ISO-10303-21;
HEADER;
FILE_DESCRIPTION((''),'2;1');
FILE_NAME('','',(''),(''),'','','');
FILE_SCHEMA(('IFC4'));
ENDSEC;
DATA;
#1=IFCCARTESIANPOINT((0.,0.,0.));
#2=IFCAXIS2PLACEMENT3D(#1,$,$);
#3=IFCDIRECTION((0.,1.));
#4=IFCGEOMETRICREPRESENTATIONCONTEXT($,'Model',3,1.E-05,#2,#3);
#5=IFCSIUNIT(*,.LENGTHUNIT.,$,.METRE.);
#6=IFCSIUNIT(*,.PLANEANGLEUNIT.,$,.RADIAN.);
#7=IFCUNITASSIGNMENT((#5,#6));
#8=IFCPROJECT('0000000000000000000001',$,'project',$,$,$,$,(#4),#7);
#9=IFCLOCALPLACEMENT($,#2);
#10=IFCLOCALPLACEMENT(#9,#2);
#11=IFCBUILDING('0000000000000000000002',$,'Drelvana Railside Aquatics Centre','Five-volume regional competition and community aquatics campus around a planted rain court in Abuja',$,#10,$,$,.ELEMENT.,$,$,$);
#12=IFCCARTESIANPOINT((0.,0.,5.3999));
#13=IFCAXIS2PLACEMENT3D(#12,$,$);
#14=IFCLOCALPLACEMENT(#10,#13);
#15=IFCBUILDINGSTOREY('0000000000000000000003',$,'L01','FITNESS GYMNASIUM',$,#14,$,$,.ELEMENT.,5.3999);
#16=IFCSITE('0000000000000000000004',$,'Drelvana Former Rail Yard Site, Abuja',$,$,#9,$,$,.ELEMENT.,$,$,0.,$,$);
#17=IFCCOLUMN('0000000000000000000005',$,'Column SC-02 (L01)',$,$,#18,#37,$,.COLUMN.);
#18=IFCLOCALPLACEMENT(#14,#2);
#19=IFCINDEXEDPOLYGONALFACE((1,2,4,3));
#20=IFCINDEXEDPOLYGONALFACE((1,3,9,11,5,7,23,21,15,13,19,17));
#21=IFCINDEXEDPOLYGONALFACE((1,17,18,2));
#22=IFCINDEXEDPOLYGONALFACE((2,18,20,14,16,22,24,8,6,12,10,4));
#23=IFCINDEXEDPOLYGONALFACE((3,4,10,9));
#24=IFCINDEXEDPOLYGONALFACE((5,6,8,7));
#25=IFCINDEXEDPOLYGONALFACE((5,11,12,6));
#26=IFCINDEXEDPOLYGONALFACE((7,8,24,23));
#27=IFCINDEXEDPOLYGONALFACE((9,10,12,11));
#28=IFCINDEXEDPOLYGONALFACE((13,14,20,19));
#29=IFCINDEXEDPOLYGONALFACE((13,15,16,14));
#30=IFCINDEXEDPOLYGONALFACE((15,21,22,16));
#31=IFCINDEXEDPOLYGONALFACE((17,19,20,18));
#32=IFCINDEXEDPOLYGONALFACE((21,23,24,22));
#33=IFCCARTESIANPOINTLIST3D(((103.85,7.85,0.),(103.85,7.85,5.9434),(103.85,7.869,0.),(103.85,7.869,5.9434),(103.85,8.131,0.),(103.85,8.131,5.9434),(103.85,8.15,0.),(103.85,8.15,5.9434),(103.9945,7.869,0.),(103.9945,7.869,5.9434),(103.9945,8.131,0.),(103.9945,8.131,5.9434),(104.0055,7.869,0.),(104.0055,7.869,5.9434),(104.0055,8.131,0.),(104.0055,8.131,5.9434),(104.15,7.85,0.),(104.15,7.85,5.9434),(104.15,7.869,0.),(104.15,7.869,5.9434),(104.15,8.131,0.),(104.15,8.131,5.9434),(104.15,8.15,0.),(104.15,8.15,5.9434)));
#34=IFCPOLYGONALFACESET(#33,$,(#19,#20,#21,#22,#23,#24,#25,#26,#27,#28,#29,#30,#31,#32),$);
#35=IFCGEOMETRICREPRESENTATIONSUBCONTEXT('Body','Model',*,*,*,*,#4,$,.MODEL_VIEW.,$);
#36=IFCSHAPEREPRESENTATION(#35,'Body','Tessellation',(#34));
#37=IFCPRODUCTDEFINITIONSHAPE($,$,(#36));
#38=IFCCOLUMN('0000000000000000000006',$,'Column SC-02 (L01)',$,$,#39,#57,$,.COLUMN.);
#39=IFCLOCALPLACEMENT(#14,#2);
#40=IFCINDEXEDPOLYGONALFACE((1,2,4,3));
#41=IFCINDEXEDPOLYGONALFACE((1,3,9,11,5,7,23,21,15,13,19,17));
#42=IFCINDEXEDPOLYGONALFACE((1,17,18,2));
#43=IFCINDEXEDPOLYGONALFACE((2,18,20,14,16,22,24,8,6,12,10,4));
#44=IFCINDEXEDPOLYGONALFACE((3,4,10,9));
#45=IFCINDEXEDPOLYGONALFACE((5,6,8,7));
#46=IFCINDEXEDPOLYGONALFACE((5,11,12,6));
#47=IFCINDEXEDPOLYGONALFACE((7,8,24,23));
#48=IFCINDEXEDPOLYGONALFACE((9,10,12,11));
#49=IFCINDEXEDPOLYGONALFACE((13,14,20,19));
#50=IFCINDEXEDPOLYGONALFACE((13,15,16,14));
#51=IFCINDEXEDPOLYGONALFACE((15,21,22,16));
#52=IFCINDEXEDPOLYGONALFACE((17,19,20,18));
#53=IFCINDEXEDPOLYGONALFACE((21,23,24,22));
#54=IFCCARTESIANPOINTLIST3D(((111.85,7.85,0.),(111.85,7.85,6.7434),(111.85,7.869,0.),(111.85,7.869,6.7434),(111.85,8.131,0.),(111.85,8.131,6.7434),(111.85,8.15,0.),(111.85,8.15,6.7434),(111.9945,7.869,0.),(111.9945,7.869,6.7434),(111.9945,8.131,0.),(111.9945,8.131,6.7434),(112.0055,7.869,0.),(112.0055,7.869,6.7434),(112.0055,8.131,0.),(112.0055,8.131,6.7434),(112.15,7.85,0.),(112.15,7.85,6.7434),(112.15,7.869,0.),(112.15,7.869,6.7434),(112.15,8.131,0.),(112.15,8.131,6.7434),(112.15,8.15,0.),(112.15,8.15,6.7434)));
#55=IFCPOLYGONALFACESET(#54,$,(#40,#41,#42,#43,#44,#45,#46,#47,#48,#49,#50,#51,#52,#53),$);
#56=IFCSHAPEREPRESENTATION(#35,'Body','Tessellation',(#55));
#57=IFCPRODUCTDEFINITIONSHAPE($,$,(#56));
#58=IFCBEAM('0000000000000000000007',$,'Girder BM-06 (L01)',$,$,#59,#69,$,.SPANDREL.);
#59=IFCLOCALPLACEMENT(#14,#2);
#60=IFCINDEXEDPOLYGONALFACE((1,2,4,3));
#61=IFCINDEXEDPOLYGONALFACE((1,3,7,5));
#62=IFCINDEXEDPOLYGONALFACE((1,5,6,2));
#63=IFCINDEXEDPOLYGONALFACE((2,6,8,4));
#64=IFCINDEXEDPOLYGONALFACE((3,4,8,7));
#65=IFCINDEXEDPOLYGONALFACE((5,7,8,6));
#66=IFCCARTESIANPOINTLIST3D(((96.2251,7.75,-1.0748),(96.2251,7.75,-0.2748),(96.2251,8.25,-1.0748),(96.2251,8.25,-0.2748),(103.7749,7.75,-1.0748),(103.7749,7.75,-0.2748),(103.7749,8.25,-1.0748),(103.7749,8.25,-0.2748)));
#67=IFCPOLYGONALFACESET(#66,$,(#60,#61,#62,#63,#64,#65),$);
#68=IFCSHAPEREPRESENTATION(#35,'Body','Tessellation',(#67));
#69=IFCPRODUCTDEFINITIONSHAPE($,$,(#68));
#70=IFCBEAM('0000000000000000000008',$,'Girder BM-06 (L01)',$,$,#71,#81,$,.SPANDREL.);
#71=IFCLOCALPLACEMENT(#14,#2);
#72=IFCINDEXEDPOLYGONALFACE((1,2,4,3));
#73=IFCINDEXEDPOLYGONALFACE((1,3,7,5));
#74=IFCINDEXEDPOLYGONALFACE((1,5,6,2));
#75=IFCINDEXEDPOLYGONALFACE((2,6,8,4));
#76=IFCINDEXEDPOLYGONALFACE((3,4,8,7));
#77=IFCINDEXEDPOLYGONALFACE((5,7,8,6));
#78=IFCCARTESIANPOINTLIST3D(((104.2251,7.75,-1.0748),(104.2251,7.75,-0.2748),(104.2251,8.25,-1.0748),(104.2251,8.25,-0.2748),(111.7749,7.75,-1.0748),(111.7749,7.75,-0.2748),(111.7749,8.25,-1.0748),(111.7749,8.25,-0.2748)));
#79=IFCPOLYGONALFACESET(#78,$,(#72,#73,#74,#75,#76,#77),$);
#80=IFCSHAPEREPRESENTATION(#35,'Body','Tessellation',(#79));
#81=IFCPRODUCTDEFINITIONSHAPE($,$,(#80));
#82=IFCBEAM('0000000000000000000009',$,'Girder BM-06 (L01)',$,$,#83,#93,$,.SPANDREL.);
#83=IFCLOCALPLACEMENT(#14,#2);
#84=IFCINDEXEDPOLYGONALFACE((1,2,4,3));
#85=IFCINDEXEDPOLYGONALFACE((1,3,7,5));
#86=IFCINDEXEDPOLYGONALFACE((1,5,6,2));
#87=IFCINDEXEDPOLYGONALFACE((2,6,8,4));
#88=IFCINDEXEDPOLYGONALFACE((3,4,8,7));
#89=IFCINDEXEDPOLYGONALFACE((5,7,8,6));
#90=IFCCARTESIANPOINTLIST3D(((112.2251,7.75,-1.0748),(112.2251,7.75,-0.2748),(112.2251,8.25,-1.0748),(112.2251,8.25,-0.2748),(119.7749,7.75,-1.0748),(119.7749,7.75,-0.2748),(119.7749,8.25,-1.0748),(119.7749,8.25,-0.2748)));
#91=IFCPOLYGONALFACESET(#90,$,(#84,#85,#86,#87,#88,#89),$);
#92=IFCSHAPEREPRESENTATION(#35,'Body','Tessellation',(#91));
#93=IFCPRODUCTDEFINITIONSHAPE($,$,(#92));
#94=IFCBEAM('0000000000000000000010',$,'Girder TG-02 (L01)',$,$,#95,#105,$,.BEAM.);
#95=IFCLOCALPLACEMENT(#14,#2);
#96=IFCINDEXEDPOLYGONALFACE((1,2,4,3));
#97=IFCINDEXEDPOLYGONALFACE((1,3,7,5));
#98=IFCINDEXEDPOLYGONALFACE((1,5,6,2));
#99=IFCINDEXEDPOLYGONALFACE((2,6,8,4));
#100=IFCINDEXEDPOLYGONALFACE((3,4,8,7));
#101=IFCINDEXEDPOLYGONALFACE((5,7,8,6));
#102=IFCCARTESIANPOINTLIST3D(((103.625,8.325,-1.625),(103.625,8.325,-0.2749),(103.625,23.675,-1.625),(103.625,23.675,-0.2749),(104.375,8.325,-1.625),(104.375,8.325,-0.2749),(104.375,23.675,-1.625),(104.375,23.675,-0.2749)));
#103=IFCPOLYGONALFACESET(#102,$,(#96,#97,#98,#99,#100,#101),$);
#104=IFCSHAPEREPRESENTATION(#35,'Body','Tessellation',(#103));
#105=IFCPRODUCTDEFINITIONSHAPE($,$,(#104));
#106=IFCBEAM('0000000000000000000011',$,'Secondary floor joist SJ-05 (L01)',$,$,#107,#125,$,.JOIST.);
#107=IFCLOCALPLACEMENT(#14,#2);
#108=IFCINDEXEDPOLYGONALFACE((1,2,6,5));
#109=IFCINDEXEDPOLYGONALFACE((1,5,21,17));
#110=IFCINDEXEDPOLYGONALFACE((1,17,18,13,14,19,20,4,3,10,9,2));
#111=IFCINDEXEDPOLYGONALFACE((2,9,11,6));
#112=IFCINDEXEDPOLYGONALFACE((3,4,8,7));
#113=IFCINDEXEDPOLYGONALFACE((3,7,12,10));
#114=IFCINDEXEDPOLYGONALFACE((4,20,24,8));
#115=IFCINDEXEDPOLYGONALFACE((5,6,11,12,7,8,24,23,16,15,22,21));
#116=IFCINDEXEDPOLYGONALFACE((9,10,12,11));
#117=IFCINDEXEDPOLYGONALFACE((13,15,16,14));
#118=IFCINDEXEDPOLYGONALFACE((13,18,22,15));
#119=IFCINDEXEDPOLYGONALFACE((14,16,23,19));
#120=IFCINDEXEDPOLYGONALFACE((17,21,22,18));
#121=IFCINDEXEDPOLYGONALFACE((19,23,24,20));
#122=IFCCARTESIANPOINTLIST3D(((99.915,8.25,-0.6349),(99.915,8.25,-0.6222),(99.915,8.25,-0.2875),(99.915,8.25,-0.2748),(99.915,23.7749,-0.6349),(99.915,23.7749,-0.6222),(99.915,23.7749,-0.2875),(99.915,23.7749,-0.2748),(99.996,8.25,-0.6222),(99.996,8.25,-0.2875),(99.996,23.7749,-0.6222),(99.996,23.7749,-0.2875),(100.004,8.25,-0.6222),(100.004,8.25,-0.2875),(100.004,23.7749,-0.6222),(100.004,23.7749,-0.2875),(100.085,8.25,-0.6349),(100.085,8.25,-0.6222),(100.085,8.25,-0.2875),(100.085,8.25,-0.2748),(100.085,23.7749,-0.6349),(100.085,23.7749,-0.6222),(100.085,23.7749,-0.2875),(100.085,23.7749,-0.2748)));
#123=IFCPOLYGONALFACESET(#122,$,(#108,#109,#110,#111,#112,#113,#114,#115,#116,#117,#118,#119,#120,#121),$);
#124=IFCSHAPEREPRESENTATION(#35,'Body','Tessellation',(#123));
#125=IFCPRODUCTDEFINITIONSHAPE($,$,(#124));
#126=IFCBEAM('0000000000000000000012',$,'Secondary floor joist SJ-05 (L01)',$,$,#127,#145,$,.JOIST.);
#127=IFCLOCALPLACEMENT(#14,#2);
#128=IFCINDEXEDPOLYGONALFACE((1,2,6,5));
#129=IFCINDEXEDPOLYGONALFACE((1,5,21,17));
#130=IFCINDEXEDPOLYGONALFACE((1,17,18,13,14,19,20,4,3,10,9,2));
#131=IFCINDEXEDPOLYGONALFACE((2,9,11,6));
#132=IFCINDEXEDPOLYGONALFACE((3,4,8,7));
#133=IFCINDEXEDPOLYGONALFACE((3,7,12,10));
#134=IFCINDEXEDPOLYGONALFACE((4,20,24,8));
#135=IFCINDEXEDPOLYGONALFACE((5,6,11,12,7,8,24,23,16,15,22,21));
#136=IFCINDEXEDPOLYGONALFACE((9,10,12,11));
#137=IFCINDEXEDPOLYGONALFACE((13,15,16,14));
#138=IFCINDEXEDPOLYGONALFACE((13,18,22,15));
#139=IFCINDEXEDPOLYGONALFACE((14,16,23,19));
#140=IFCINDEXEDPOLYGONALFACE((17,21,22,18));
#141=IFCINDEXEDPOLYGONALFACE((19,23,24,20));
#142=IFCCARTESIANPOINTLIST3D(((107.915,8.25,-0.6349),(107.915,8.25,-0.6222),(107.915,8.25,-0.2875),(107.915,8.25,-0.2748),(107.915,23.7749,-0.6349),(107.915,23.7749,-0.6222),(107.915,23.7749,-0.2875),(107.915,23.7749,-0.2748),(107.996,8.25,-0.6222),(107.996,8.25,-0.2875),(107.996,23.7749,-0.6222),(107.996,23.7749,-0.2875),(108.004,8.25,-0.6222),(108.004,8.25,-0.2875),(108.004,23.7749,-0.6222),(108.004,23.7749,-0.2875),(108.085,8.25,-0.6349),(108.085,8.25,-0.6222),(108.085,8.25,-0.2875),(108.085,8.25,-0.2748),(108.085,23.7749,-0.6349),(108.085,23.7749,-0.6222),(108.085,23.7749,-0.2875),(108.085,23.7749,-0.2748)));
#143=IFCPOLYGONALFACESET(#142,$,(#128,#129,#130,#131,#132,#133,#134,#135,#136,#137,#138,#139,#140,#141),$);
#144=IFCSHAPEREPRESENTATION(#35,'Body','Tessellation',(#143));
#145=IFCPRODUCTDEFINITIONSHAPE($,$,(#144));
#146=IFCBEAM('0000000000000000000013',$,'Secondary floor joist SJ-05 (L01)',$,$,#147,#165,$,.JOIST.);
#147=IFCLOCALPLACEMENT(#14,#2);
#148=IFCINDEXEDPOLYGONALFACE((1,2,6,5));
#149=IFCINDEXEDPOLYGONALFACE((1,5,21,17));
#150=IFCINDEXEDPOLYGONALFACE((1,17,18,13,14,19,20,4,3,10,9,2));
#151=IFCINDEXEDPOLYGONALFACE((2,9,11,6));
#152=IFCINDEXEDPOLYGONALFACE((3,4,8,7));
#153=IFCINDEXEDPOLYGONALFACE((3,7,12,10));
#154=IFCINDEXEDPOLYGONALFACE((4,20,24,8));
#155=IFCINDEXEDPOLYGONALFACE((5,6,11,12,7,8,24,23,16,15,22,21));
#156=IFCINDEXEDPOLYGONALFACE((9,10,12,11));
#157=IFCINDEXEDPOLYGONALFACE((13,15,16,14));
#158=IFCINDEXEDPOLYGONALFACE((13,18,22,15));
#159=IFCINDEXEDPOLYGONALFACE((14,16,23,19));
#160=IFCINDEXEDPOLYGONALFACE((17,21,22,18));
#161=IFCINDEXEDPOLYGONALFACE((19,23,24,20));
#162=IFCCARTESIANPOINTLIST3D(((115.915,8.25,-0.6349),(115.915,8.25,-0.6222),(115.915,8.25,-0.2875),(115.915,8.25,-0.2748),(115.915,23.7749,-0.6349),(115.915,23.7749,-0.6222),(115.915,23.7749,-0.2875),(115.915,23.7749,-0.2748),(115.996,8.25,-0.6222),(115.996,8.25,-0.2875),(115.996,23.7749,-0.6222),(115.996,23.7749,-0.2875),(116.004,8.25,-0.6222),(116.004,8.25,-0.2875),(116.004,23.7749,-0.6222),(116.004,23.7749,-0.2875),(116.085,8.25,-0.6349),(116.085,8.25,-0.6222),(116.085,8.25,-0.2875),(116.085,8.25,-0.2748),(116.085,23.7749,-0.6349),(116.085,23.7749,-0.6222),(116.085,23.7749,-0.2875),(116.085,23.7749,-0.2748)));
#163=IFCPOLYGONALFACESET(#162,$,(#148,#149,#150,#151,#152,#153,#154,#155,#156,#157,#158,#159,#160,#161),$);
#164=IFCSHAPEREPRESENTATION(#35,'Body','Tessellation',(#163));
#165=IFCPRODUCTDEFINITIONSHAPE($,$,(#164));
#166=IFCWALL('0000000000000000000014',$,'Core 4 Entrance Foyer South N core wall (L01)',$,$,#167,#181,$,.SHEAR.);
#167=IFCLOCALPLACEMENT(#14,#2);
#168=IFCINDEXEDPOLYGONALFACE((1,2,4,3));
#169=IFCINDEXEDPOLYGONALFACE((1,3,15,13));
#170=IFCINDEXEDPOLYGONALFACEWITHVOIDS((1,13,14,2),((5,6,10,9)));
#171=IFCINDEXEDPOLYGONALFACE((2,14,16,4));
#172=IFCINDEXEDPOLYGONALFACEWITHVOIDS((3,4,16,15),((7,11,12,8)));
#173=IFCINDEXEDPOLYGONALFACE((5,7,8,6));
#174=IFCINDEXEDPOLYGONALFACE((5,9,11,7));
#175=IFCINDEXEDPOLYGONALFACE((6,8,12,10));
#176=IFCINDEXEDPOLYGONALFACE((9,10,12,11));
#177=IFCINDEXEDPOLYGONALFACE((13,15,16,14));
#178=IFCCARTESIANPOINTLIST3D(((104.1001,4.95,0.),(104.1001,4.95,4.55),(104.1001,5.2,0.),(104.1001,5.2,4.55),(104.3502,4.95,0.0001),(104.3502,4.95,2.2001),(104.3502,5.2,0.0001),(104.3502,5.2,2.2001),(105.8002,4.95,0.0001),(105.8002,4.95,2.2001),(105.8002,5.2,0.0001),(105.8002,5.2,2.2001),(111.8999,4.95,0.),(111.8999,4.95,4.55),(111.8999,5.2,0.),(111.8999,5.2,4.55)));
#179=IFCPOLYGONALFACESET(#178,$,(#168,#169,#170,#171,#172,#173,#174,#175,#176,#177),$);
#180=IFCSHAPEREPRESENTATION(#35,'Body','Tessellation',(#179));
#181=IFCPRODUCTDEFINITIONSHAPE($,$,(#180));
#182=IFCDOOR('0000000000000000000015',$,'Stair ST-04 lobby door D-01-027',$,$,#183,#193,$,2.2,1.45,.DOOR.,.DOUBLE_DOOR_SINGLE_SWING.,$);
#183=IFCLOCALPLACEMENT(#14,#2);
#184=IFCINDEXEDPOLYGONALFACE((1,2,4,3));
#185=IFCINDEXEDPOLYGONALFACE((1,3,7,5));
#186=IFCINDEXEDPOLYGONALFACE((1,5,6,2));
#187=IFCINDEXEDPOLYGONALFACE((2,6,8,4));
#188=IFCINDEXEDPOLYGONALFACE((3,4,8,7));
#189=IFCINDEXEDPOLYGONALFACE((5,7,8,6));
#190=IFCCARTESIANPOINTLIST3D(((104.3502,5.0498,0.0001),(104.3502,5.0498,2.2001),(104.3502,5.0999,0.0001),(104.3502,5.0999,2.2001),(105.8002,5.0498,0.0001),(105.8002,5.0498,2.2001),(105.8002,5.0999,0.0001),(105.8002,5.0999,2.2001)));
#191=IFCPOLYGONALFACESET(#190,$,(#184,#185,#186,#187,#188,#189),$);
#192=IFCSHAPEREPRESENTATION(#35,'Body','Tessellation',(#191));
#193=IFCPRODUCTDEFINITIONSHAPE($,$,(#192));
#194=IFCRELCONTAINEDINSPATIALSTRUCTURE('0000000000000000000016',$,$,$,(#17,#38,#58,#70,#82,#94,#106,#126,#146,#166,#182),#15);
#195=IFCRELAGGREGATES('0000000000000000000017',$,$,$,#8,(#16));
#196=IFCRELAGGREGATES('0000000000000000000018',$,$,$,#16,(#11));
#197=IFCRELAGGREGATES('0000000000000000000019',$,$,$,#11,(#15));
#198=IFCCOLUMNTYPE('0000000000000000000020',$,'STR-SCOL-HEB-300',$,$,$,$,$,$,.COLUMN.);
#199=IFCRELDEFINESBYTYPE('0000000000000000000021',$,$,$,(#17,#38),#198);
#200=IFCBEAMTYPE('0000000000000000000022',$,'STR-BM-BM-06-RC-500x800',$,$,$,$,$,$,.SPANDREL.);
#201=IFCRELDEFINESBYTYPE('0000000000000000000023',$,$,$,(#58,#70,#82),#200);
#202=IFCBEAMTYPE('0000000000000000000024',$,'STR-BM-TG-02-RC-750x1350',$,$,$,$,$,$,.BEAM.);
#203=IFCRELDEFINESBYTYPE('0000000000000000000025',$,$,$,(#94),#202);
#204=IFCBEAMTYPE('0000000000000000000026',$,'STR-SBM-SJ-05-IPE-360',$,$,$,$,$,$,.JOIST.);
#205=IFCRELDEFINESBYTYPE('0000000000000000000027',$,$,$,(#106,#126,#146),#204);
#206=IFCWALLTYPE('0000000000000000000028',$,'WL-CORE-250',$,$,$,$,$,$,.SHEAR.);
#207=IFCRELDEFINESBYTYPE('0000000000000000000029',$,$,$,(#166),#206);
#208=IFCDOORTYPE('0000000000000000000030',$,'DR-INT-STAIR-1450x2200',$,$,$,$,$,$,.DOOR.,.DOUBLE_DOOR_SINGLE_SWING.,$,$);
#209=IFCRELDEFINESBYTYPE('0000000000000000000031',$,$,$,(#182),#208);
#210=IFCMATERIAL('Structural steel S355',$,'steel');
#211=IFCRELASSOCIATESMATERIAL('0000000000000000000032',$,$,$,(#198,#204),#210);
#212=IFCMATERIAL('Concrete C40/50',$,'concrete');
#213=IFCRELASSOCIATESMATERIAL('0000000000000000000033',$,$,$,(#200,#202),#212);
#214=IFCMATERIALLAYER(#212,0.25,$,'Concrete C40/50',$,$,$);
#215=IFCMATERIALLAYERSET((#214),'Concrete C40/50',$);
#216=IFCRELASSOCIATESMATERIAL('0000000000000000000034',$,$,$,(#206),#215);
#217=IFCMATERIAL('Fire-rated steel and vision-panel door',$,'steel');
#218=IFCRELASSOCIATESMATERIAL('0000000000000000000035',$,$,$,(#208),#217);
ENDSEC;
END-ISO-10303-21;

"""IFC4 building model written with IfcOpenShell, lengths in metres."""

from ifc_helpers import new_model, si_unit, direction, frame, frame_2d, origin, origin_2d, place, context, subcontext, project, spatial, rectangle, i_section, extrude, material, layer, layer_set, material_profile, profile_set, type_object, element, fill, save


model = new_model("IFC4")

# Units and contexts
model_context = context("Model", 3, precision=1e-05, world=origin(), true_north=direction((0.0, 1.0)))
body_context = subcontext(model_context, "Body", "Model", "MODEL_VIEW")
ifc_project = project(units=[si_unit("LENGTHUNIT", "METRE"), si_unit("PLANEANGLEUNIT", "RADIAN")], contexts=[model_context])

# Site, building, storey
site_placement = place(None, origin())
site = spatial("IfcSite", under=ifc_project, at=site_placement, Name="Drelvana Former Rail Yard Site, Abuja", CompositionType="ELEMENT", RefElevation=0.0)
building_placement = place(site_placement, origin())
building = spatial("IfcBuilding", under=site, at=building_placement, Name="Drelvana Railside Aquatics Centre", Description="Five-volume regional competition and community aquatics campus around a planted rain court in Abuja", CompositionType="ELEMENT")
storey_placement = place(building_placement, frame((0.0, 0.0, 5.3999)))
storey = spatial("IfcBuildingStorey", under=building, at=storey_placement, Name="L01", Description="FITNESS GYMNASIUM", CompositionType="ELEMENT", Elevation=5.3999)

# Columns
ifc_material_1 = material(Name="Structural steel S355", Category="steel")
ifc_material_profile_1 = material_profile(ifc_material_1, i_section(OverallWidth=0.3, OverallDepth=0.3, WebThickness=0.011, FlangeThickness=0.019, at=origin_2d()), Name="HEB 300")
ifc_profile_set_1 = profile_set([ifc_material_profile_1], Name="Structural steel S355")
column_type = type_object("IfcColumnType", Name="STR-SCOL-HEB-300", PredefinedType="COLUMN", material=ifc_profile_set_1)
column_1_placement = place(storey_placement, frame((104.0, 8.0, 0.0), z_axis=(0.0, 0.0, 1.0), x_axis=(1.0, 0.0, 0.0)))
element("IfcColumn", 1, at=column_1_placement, inside=storey, type_object=column_type, Name="Column SC-02 (L01)", PredefinedType="COLUMN", context=body_context, shape_type="SweptSolid", body=[
    extrude(i_section(OverallWidth=0.3, OverallDepth=0.3, WebThickness=0.011, FlangeThickness=0.019, at=origin_2d()), origin(), (0.0, 0.0, 1.0), 5.9434),
])
column_2_placement = place(storey_placement, frame((112.0, 8.0, 0.0), z_axis=(0.0, 0.0, 1.0), x_axis=(1.0, 0.0, 0.0)))
element("IfcColumn", 2, at=column_2_placement, inside=storey, type_object=column_type, Name="Column SC-02 (L01)", PredefinedType="COLUMN", context=body_context, shape_type="SweptSolid", body=[
    extrude(i_section(OverallWidth=0.3, OverallDepth=0.3, WebThickness=0.011, FlangeThickness=0.019, at=origin_2d()), origin(), (0.0, 0.0, 1.0), 6.7434),
])

# Beams
ifc_material_2 = material(Name="Concrete C40/50", Category="concrete")
ifc_material_profile_2 = material_profile(ifc_material_2, rectangle(XDim=0.5, YDim=0.8, at=origin_2d()), Name="RC 500x800")
ifc_profile_set_2 = profile_set([ifc_material_profile_2], Name="Concrete C40/50")
beam_type_1 = type_object("IfcBeamType", Name="STR-BM-BM-06-RC-500x800", PredefinedType="SPANDREL", material=ifc_profile_set_2)
for number, where, z_axis, x_axis, name in (
    (3, (96.2251, 8.0, -0.6748), (1.0, 0.0, 0.0), (0.0, 1.0, 0.0), "Girder BM-06 (L01)"),
    (4, (104.2251, 8.0, -0.6748), (1.0, 0.0, 0.0), (0.0, 1.0, 0.0), "Girder BM-06 (L01)"),
    (5, (112.2251, 8.0, -0.6748), (1.0, 0.0, 0.0), (0.0, 1.0, 0.0), "Girder BM-06 (L01)"),
):
    element("IfcBeam", number, at=place(storey_placement, frame(where, z_axis=z_axis, x_axis=x_axis)), inside=storey, type_object=beam_type_1, Name=name, PredefinedType="SPANDREL", context=body_context, shape_type="SweptSolid", body=[
        extrude(rectangle(XDim=0.5, YDim=0.8, at=origin_2d()), origin(), (0.0, 0.0, 1.0), 7.5498),
    ])
ifc_material_profile_3 = material_profile(ifc_material_2, rectangle(XDim=0.75, YDim=1.3501, at=origin_2d()), Name="RC 750x1350")
ifc_profile_set_3 = profile_set([ifc_material_profile_3], Name="Concrete C40/50")
beam_type_2 = type_object("IfcBeamType", Name="STR-BM-TG-02-RC-750x1350", PredefinedType="BEAM", material=ifc_profile_set_3)
beam_placement = place(storey_placement, frame((104.0, 8.325, -0.95), z_axis=(0.0, 1.0, 0.0), x_axis=(-1.0, 0.0, 0.0)))
element("IfcBeam", 6, at=beam_placement, inside=storey, type_object=beam_type_2, Name="Girder TG-02 (L01)", PredefinedType="BEAM", context=body_context, shape_type="SweptSolid", body=[
    extrude(rectangle(XDim=0.75, YDim=1.3501, at=origin_2d()), origin(), (0.0, 0.0, 1.0), 15.3501),
])
ifc_material_profile_4 = material_profile(ifc_material_1, i_section(OverallWidth=0.1699, OverallDepth=0.3601, WebThickness=0.0081, FlangeThickness=0.0127, at=origin_2d()), Name="IPE 360")
ifc_profile_set_4 = profile_set([ifc_material_profile_4], Name="Structural steel S355")
beam_type_3 = type_object("IfcBeamType", Name="STR-SBM-SJ-05-IPE-360", PredefinedType="JOIST", material=ifc_profile_set_4)
for number, where, z_axis, x_axis, name in (
    (7, (100.0, 8.25, -0.4548), (0.0, 1.0, 0.0), (-1.0, 0.0, 0.0), "Secondary floor joist SJ-05 (L01)"),
    (8, (108.0, 8.25, -0.4548), (0.0, 1.0, 0.0), (-1.0, 0.0, 0.0), "Secondary floor joist SJ-05 (L01)"),
    (9, (116.0, 8.25, -0.4548), (0.0, 1.0, 0.0), (-1.0, 0.0, 0.0), "Secondary floor joist SJ-05 (L01)"),
):
    element("IfcBeam", number, at=place(storey_placement, frame(where, z_axis=z_axis, x_axis=x_axis)), inside=storey, type_object=beam_type_3, Name=name, PredefinedType="JOIST", context=body_context, shape_type="SweptSolid", body=[
        extrude(i_section(OverallWidth=0.1699, OverallDepth=0.3601, WebThickness=0.0081, FlangeThickness=0.0127, at=origin_2d()), origin(), (0.0, 0.0, 1.0), 15.5249),
    ])

# Wall, opening, door
ifc_layer_1 = layer(ifc_material_2, 0.25, Name="Concrete C40/50")
ifc_layer_set_1 = layer_set([ifc_layer_1], Name="Concrete C40/50")
wall_type_1 = type_object("IfcWallType", Name="WL-CORE-250", PredefinedType="SHEAR", material=ifc_layer_set_1)
wall_1_placement = place(storey_placement, frame((104.1001, 5.075, 0.0), z_axis=(0.0, 0.0, 1.0), x_axis=(1.0, 0.0, 0.0)))
wall_1 = element("IfcWall", 10, at=wall_1_placement, inside=storey, type_object=wall_type_1, Name="Core 4 Entrance Foyer South N core wall (L01)", PredefinedType="SHEAR", context=body_context, shape_type="SweptSolid", body=[
    extrude(rectangle(XDim=7.7998, YDim=0.25, at=frame_2d((3.8999, 0.0))), origin(), (0.0, 0.0, 1.0), 4.55),
])
opening_1_placement = place(wall_1_placement, frame((0.25, 0.0, 0.0)))
opening_1 = element("IfcOpeningElement", 11, at=opening_1_placement, cuts=wall_1, PredefinedType="OPENING", context=body_context, shape_type="SweptSolid", body=[
    extrude(rectangle(XDim=1.45, YDim=2.2, at=frame_2d((0.7251, 1.1001))), frame((0.0, 0.135, 0.0), z_axis=(0.0, -1.0, 0.0), x_axis=(1.0, 0.0, 0.0)), (0.0, 0.0, 1.0), 0.27),
])
ifc_material_3 = material(Name="Fire-rated steel and vision-panel door", Category="steel")
door_type_1 = type_object("IfcDoorType", Name="DR-INT-STAIR-1450x2200", OperationType="DOUBLE_DOOR_SINGLE_SWING", PredefinedType="DOOR", material=ifc_material_3)
door_1_placement = place(opening_1_placement, origin())
door_1 = element("IfcDoor", 12, at=door_1_placement, inside=storey, type_object=door_type_1, Name="Stair ST-04 lobby door D-01-027", OperationType="DOUBLE_DOOR_SINGLE_SWING", OverallHeight=2.2, OverallWidth=1.45, PredefinedType="DOOR", context=body_context, shape_type="SweptSolid", body=[
    extrude(rectangle(XDim=1.45, YDim=2.2, at=frame_2d((0.7251, 1.1001))), frame((0.0, 0.0249, 0.0), z_axis=(0.0, -1.0, 0.0), x_axis=(1.0, 0.0, 0.0)), (0.0, 0.0, 1.0), 0.05),
])
fill(opening_1, door_1)

save(model, "model.ifc")
